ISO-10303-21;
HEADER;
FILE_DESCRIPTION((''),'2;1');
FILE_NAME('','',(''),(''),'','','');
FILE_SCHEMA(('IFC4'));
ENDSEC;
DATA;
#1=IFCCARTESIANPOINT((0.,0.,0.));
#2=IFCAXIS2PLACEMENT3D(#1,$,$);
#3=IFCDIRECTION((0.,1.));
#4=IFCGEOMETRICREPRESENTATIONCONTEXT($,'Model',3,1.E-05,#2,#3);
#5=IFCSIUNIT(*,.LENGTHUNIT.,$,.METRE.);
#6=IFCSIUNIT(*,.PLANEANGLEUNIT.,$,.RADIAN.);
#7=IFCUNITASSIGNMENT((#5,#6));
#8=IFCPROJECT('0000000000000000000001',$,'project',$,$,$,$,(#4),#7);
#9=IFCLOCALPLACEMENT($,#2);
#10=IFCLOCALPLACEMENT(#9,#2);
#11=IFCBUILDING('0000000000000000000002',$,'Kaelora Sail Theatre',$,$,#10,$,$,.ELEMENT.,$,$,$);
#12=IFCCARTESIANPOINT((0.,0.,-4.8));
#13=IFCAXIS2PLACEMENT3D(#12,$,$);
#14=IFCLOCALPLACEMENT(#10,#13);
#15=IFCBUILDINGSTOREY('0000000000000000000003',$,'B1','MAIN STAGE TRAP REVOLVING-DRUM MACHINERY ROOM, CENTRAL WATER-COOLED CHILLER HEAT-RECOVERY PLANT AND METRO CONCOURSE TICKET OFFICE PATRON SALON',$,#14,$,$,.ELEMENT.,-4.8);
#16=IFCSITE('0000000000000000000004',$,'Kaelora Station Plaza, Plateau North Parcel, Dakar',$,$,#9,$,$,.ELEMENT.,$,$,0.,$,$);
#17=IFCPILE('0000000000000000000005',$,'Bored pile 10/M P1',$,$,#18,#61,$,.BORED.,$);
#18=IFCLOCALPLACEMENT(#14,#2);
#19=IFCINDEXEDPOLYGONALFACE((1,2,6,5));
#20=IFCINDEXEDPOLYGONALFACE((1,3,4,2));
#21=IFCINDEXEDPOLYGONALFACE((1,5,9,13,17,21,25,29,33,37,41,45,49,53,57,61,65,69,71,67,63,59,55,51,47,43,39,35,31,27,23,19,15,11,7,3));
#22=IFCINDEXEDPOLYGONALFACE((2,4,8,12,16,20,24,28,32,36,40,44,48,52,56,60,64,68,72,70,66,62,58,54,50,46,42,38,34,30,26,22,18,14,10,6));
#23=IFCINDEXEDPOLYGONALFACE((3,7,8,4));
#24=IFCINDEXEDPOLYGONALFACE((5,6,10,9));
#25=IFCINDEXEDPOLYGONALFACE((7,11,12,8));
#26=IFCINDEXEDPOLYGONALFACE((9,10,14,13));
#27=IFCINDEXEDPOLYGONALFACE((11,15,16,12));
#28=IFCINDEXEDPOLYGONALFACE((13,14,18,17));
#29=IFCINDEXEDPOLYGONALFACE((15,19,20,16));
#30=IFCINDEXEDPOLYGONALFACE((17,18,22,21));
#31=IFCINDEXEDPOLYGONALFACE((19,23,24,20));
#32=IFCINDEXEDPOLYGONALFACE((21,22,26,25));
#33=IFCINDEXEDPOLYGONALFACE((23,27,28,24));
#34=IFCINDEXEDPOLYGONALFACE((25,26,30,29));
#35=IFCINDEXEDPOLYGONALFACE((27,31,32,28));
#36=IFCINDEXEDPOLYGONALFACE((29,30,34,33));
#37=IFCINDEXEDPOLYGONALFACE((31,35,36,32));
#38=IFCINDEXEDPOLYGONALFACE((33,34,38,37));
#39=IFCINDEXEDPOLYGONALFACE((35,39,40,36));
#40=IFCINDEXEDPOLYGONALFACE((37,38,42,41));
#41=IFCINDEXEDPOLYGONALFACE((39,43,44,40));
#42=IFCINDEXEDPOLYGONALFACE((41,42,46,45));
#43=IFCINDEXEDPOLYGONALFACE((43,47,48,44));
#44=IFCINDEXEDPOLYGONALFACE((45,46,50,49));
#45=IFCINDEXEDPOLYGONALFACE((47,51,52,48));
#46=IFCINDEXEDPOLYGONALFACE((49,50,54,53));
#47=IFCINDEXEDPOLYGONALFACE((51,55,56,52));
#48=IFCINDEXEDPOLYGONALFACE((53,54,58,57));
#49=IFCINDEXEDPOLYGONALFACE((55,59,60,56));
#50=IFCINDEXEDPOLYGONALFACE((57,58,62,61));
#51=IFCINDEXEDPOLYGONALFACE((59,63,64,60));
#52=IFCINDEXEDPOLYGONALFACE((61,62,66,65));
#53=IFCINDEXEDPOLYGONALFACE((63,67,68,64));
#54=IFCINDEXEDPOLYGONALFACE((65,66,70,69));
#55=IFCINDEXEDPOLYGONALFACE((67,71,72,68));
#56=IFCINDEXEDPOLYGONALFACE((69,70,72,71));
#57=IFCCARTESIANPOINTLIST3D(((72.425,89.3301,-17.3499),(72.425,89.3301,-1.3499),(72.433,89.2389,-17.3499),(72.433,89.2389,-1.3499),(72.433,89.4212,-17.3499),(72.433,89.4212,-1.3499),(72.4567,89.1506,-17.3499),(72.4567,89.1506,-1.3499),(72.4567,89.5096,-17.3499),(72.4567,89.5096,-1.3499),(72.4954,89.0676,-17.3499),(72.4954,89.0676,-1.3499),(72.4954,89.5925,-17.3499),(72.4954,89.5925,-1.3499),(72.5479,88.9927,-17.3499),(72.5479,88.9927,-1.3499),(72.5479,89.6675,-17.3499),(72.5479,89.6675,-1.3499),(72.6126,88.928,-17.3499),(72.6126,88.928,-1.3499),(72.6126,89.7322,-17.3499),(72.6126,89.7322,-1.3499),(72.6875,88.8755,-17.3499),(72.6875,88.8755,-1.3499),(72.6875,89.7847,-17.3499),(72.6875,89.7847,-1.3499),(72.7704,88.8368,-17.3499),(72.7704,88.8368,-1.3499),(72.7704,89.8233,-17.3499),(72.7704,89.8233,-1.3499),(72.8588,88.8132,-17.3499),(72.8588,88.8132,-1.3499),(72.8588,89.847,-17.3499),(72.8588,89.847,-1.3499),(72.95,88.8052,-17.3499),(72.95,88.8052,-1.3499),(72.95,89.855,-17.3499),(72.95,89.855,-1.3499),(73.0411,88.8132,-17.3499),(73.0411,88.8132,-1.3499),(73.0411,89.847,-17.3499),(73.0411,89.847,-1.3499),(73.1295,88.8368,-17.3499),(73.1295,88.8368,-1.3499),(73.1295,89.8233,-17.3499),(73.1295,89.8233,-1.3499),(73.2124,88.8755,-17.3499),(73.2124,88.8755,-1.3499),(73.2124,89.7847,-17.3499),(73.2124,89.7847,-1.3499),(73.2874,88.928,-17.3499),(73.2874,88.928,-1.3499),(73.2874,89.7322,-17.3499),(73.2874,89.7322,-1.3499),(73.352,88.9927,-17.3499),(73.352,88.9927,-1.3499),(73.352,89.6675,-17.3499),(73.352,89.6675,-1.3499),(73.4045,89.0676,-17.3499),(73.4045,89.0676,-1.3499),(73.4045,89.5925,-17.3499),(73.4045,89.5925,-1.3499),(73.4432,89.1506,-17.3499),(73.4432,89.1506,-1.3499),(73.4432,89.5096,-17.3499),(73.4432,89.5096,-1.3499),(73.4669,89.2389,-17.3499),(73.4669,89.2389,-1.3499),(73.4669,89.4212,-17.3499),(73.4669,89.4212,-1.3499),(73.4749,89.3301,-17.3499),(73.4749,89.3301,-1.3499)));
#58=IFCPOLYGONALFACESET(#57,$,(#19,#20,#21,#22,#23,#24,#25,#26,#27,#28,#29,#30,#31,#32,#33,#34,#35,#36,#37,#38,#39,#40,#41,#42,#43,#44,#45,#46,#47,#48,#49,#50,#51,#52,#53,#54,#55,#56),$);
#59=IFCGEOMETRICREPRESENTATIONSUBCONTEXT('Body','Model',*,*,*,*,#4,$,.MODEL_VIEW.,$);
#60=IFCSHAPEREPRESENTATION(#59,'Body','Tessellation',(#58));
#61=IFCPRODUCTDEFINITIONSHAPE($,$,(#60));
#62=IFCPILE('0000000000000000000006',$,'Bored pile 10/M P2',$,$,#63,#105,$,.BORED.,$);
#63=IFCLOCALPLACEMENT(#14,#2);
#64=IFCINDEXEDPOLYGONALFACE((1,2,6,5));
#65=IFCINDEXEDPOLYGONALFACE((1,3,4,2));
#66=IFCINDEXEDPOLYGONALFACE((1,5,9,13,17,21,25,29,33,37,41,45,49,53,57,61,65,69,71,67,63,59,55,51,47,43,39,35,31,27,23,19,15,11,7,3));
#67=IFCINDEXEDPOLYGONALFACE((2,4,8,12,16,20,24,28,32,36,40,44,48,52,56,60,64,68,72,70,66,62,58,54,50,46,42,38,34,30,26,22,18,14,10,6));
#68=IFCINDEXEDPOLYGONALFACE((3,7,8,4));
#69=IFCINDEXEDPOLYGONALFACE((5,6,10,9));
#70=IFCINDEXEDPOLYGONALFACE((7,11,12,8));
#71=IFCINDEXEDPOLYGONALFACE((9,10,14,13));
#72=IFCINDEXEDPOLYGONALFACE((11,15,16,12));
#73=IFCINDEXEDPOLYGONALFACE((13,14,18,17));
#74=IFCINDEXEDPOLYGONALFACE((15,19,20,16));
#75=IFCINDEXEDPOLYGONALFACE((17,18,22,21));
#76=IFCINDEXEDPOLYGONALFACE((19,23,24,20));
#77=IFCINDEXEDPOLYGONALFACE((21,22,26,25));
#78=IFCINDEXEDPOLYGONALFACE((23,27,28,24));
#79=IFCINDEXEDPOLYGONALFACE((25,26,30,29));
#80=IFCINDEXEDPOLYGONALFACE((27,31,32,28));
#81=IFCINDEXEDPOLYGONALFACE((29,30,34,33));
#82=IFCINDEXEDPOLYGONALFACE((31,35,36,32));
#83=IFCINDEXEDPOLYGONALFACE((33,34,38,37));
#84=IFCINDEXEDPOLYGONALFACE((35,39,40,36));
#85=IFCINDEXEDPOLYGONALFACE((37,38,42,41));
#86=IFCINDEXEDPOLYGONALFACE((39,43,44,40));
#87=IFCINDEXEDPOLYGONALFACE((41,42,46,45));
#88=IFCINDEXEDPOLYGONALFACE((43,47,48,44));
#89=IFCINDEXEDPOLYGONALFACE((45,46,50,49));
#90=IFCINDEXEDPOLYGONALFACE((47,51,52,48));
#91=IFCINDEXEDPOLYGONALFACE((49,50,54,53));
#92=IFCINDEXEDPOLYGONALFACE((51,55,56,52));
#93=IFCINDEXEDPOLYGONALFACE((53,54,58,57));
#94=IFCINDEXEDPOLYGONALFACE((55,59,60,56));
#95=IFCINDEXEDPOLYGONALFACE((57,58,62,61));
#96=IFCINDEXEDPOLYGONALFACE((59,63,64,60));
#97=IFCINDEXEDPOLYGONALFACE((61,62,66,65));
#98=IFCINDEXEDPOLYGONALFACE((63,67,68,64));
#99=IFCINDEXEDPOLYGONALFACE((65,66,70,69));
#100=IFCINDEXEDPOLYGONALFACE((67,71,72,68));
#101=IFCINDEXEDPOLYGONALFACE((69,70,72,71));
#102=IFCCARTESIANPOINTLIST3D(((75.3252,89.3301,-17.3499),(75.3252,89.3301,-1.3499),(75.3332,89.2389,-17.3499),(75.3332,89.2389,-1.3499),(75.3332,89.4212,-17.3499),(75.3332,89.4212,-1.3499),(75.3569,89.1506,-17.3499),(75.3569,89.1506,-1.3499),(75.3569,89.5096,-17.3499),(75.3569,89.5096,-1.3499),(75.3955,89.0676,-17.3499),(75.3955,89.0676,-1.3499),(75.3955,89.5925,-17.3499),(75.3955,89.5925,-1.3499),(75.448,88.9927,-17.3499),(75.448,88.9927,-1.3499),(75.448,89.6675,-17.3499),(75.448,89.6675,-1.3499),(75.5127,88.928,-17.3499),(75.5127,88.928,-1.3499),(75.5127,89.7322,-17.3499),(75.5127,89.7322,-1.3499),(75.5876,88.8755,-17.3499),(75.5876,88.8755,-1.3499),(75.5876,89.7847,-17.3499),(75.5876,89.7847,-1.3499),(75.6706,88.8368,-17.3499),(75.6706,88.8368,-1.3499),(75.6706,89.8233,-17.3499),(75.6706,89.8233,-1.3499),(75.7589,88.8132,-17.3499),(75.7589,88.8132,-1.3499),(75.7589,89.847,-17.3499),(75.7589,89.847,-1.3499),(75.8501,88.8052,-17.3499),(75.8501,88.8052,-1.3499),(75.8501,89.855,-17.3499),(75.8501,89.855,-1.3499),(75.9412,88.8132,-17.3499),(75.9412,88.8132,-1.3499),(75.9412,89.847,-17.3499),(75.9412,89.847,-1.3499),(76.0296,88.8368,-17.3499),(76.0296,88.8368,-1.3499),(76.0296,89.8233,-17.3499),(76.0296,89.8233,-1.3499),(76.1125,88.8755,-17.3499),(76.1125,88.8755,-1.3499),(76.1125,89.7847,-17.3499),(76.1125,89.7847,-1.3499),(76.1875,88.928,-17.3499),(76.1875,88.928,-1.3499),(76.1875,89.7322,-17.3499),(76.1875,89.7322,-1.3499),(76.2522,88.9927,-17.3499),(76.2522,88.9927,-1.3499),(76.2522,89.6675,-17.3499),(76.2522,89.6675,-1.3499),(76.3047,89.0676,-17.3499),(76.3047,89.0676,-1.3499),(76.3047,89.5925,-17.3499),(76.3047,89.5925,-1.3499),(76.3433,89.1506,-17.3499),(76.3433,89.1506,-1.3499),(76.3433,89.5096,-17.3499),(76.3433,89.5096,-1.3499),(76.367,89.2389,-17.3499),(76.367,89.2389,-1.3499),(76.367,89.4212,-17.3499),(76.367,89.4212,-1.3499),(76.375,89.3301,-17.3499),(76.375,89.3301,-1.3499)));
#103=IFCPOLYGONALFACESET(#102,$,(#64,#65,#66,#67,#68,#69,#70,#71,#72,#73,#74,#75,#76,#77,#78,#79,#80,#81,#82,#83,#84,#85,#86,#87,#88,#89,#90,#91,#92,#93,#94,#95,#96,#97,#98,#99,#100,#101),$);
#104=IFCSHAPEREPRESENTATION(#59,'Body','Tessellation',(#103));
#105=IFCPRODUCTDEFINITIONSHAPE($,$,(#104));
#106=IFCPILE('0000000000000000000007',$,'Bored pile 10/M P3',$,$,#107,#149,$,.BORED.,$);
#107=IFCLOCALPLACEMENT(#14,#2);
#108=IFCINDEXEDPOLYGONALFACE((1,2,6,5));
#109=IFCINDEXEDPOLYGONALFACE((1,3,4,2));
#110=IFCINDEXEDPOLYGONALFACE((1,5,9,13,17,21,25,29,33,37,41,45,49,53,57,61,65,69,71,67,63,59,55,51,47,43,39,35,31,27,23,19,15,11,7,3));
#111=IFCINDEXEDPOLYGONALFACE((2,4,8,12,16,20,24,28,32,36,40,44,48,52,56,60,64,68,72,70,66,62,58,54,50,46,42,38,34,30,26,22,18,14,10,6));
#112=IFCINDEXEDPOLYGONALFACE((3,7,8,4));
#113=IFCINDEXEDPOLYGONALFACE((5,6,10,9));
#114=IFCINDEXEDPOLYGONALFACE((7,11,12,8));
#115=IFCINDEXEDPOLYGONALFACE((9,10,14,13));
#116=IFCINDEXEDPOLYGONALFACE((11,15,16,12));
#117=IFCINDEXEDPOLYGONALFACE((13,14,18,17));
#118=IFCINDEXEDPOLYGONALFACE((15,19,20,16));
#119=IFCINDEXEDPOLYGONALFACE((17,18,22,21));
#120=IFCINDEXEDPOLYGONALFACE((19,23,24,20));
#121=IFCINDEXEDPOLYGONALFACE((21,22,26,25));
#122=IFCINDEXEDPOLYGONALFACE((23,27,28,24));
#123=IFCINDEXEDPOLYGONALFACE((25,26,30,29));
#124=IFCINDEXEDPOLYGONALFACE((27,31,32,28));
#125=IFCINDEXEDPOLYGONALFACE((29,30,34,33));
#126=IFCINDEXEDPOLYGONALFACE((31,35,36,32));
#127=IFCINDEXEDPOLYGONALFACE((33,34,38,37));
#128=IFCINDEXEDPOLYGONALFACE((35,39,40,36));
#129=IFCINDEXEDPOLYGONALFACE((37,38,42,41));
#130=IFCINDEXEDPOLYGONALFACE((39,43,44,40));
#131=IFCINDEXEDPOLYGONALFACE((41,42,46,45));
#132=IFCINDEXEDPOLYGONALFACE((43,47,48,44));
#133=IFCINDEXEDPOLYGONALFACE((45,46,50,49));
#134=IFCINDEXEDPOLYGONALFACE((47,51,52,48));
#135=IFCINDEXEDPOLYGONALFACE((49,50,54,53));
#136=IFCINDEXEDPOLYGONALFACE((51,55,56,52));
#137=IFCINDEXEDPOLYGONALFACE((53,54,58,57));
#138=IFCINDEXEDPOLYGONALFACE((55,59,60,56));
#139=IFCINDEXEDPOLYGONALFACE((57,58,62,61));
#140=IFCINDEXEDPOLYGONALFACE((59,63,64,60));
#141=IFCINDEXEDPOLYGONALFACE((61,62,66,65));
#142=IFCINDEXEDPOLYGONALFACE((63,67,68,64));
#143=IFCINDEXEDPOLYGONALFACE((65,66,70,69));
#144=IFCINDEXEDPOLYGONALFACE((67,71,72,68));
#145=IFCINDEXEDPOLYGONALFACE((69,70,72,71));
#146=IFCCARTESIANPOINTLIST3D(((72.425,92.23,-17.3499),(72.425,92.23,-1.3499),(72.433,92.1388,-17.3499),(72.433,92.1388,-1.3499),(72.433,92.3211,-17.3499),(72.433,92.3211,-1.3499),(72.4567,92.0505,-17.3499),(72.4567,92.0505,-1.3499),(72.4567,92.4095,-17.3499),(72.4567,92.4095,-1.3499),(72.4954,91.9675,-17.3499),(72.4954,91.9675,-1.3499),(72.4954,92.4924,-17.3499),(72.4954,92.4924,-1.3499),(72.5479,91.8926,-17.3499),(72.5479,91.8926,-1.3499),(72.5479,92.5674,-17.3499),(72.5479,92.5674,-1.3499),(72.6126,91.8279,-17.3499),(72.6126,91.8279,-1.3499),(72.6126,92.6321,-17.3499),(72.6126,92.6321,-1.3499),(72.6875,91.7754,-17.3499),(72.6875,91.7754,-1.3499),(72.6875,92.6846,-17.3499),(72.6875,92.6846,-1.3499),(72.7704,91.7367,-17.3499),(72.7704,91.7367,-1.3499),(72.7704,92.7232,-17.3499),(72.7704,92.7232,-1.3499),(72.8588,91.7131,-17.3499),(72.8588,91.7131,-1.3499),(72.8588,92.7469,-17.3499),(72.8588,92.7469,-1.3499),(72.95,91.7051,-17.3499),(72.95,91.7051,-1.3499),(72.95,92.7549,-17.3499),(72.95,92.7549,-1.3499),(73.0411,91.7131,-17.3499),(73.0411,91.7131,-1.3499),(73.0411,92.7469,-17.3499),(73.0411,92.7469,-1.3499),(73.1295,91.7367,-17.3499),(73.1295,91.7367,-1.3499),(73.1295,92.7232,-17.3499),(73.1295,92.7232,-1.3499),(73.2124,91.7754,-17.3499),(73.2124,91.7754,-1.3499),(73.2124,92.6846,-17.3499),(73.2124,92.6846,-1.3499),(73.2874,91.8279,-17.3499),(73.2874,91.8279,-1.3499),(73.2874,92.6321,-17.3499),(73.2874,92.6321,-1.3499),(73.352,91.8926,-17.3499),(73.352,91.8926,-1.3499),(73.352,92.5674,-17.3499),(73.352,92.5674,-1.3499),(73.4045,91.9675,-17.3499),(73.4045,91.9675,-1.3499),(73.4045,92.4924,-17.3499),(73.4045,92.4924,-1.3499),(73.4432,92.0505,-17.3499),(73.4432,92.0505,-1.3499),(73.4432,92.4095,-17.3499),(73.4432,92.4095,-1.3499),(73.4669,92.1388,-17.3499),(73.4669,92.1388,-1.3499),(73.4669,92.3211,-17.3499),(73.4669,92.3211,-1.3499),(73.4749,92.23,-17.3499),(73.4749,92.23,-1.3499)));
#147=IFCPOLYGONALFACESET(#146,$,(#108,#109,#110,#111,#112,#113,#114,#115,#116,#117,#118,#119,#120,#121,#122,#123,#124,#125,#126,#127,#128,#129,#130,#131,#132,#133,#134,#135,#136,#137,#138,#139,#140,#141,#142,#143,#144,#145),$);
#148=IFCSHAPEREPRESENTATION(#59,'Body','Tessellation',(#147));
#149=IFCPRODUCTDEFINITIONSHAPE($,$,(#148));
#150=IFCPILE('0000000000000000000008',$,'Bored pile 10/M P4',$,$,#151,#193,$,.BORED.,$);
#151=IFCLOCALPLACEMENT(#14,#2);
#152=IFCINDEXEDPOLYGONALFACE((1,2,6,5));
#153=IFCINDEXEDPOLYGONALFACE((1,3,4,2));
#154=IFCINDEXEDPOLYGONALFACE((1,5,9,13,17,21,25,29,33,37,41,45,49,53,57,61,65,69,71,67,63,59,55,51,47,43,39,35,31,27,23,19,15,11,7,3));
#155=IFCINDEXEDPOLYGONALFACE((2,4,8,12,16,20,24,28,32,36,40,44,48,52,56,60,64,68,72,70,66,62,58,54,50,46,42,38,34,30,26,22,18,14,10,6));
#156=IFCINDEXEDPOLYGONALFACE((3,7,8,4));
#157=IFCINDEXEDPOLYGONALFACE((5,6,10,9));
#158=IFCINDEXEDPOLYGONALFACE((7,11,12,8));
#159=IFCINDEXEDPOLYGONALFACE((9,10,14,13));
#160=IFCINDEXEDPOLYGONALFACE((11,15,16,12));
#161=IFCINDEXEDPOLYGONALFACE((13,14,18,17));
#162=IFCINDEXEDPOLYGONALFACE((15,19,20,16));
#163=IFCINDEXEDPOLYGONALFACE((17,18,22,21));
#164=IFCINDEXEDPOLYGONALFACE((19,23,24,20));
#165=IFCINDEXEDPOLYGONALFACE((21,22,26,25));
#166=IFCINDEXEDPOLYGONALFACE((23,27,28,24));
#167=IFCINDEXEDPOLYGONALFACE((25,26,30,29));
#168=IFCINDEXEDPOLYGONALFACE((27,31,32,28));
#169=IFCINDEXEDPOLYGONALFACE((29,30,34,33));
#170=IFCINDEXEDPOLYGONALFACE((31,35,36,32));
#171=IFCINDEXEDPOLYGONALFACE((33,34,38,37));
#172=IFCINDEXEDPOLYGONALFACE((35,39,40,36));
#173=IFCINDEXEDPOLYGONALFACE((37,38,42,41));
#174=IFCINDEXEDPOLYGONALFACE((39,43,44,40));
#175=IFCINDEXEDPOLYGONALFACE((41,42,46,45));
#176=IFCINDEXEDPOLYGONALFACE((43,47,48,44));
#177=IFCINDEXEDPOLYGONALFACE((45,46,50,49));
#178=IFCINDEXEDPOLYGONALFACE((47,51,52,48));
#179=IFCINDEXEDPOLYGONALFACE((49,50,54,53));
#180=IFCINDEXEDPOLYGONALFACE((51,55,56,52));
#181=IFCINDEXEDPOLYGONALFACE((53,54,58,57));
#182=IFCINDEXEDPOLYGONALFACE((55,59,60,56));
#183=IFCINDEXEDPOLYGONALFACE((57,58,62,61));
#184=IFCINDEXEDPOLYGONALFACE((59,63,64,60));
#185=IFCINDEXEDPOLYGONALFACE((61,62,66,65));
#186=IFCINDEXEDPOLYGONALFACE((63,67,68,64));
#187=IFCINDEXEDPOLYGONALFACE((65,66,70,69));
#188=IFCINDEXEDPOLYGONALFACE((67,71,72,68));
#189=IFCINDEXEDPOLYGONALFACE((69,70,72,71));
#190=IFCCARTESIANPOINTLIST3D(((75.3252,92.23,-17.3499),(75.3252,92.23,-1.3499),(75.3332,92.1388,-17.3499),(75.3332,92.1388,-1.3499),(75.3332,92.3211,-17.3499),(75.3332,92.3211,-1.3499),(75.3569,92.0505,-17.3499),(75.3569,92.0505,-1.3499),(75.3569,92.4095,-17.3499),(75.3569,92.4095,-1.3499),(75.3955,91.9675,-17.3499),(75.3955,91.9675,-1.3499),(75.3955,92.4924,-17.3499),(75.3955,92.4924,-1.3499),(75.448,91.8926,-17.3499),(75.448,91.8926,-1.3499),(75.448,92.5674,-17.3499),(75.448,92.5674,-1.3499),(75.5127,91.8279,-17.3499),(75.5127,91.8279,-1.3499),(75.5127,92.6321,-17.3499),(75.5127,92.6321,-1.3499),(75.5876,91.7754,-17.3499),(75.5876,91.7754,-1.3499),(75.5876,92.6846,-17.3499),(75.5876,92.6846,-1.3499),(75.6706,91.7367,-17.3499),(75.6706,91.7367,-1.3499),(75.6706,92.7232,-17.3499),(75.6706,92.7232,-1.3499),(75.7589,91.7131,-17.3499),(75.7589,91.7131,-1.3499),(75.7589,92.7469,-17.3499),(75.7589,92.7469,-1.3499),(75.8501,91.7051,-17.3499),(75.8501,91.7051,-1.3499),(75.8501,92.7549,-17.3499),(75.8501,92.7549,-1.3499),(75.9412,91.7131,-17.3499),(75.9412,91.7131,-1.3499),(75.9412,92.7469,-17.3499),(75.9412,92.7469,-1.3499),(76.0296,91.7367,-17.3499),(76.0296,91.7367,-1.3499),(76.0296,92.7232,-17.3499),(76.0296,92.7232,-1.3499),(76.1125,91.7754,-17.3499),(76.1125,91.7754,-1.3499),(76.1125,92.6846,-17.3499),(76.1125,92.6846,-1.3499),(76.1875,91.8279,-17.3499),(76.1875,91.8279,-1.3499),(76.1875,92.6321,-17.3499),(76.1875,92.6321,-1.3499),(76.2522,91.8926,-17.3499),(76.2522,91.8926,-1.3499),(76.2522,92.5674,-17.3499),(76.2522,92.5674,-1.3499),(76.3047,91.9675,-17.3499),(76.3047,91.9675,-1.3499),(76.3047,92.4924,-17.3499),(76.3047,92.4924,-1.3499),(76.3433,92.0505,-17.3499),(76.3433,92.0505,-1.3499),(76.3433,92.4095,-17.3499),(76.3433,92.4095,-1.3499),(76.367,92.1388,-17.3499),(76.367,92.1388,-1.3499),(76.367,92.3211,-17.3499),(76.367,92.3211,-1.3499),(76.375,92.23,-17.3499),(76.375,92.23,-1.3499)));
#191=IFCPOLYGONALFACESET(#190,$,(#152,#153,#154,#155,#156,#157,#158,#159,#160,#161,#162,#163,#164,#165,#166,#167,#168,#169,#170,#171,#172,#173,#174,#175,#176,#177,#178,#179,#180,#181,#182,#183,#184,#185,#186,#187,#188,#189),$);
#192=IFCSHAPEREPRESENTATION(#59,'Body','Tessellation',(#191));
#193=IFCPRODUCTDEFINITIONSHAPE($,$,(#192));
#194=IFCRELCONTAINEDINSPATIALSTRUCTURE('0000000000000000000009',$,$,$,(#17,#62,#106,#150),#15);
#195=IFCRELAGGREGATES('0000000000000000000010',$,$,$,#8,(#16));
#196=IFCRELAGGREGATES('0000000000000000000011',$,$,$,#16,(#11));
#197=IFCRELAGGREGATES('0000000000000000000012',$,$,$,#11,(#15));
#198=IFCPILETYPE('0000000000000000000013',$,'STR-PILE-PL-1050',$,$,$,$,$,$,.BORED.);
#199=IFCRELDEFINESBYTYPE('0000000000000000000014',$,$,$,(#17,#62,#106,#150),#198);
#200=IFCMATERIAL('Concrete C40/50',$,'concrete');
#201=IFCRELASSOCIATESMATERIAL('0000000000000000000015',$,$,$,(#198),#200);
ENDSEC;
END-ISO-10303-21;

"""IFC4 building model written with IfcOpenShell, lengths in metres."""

from ifc_helpers import new_model, si_unit, direction, frame, origin, origin_2d, place, context, subcontext, project, spatial, circle, extrude, material, material_profile, profile_set, type_object, element, save


model = new_model("IFC4")

# Units and contexts
model_context = context("Model", 3, precision=1e-05, world=origin(), true_north=direction((0.0, 1.0)))
body_context = subcontext(model_context, "Body", "Model", "MODEL_VIEW")
ifc_project = project(units=[si_unit("LENGTHUNIT", "METRE"), si_unit("PLANEANGLEUNIT", "RADIAN")], contexts=[model_context])

# Site, building, storey
site_placement = place(None, origin())
site = spatial("IfcSite", under=ifc_project, at=site_placement, Name="Kaelora Station Plaza, Plateau North Parcel, Dakar", CompositionType="ELEMENT", RefElevation=0.0)
building_placement = place(site_placement, origin())
building = spatial("IfcBuilding", under=site, at=building_placement, Name="Kaelora Sail Theatre", CompositionType="ELEMENT")
storey_placement = place(building_placement, frame((0.0, 0.0, -4.8)))
storey = spatial("IfcBuildingStorey", under=building, at=storey_placement, Name="B1", Description="MAIN STAGE TRAP REVOLVING-DRUM MACHINERY ROOM, CENTRAL WATER-COOLED CHILLER HEAT-RECOVERY PLANT AND METRO CONCOURSE TICKET OFFICE PATRON SALON", CompositionType="ELEMENT", Elevation=-4.8)

# Piles
ifc_material_1 = material(Name="Concrete C40/50", Category="concrete")
ifc_material_profile_1 = material_profile(ifc_material_1, circle(Radius=0.5249, at=origin_2d()), Name="PILE D1050")
ifc_profile_set_1 = profile_set([ifc_material_profile_1], Name="Concrete C40/50")
pile_type = type_object("IfcPileType", Name="STR-PILE-PL-1050", PredefinedType="BORED", material=ifc_profile_set_1)
for number, where, z_axis, x_axis, name in (
    (1, (72.95, 89.3301, -1.3499), (0.0, 0.0, -1.0), (1.0, 0.0, 0.0), "Bored pile 10/M P1"),
    (2, (75.8501, 89.3301, -1.3499), (0.0, 0.0, -1.0), (1.0, 0.0, 0.0), "Bored pile 10/M P2"),
    (3, (72.95, 92.23, -1.3499), (0.0, 0.0, -1.0), (1.0, 0.0, 0.0), "Bored pile 10/M P3"),
    (4, (75.8501, 92.23, -1.3499), (0.0, 0.0, -1.0), (1.0, 0.0, 0.0), "Bored pile 10/M P4"),
):
    element("IfcPile", number, at=place(storey_placement, frame(where, z_axis=z_axis, x_axis=x_axis)), inside=storey, type_object=pile_type, Name=name, PredefinedType="BORED", context=body_context, shape_type="SweptSolid", body=[
        extrude(circle(Radius=0.5249, at=origin_2d()), origin(), (0.0, 0.0, 1.0), 16.0),
    ])

save(model, "model.ifc")
